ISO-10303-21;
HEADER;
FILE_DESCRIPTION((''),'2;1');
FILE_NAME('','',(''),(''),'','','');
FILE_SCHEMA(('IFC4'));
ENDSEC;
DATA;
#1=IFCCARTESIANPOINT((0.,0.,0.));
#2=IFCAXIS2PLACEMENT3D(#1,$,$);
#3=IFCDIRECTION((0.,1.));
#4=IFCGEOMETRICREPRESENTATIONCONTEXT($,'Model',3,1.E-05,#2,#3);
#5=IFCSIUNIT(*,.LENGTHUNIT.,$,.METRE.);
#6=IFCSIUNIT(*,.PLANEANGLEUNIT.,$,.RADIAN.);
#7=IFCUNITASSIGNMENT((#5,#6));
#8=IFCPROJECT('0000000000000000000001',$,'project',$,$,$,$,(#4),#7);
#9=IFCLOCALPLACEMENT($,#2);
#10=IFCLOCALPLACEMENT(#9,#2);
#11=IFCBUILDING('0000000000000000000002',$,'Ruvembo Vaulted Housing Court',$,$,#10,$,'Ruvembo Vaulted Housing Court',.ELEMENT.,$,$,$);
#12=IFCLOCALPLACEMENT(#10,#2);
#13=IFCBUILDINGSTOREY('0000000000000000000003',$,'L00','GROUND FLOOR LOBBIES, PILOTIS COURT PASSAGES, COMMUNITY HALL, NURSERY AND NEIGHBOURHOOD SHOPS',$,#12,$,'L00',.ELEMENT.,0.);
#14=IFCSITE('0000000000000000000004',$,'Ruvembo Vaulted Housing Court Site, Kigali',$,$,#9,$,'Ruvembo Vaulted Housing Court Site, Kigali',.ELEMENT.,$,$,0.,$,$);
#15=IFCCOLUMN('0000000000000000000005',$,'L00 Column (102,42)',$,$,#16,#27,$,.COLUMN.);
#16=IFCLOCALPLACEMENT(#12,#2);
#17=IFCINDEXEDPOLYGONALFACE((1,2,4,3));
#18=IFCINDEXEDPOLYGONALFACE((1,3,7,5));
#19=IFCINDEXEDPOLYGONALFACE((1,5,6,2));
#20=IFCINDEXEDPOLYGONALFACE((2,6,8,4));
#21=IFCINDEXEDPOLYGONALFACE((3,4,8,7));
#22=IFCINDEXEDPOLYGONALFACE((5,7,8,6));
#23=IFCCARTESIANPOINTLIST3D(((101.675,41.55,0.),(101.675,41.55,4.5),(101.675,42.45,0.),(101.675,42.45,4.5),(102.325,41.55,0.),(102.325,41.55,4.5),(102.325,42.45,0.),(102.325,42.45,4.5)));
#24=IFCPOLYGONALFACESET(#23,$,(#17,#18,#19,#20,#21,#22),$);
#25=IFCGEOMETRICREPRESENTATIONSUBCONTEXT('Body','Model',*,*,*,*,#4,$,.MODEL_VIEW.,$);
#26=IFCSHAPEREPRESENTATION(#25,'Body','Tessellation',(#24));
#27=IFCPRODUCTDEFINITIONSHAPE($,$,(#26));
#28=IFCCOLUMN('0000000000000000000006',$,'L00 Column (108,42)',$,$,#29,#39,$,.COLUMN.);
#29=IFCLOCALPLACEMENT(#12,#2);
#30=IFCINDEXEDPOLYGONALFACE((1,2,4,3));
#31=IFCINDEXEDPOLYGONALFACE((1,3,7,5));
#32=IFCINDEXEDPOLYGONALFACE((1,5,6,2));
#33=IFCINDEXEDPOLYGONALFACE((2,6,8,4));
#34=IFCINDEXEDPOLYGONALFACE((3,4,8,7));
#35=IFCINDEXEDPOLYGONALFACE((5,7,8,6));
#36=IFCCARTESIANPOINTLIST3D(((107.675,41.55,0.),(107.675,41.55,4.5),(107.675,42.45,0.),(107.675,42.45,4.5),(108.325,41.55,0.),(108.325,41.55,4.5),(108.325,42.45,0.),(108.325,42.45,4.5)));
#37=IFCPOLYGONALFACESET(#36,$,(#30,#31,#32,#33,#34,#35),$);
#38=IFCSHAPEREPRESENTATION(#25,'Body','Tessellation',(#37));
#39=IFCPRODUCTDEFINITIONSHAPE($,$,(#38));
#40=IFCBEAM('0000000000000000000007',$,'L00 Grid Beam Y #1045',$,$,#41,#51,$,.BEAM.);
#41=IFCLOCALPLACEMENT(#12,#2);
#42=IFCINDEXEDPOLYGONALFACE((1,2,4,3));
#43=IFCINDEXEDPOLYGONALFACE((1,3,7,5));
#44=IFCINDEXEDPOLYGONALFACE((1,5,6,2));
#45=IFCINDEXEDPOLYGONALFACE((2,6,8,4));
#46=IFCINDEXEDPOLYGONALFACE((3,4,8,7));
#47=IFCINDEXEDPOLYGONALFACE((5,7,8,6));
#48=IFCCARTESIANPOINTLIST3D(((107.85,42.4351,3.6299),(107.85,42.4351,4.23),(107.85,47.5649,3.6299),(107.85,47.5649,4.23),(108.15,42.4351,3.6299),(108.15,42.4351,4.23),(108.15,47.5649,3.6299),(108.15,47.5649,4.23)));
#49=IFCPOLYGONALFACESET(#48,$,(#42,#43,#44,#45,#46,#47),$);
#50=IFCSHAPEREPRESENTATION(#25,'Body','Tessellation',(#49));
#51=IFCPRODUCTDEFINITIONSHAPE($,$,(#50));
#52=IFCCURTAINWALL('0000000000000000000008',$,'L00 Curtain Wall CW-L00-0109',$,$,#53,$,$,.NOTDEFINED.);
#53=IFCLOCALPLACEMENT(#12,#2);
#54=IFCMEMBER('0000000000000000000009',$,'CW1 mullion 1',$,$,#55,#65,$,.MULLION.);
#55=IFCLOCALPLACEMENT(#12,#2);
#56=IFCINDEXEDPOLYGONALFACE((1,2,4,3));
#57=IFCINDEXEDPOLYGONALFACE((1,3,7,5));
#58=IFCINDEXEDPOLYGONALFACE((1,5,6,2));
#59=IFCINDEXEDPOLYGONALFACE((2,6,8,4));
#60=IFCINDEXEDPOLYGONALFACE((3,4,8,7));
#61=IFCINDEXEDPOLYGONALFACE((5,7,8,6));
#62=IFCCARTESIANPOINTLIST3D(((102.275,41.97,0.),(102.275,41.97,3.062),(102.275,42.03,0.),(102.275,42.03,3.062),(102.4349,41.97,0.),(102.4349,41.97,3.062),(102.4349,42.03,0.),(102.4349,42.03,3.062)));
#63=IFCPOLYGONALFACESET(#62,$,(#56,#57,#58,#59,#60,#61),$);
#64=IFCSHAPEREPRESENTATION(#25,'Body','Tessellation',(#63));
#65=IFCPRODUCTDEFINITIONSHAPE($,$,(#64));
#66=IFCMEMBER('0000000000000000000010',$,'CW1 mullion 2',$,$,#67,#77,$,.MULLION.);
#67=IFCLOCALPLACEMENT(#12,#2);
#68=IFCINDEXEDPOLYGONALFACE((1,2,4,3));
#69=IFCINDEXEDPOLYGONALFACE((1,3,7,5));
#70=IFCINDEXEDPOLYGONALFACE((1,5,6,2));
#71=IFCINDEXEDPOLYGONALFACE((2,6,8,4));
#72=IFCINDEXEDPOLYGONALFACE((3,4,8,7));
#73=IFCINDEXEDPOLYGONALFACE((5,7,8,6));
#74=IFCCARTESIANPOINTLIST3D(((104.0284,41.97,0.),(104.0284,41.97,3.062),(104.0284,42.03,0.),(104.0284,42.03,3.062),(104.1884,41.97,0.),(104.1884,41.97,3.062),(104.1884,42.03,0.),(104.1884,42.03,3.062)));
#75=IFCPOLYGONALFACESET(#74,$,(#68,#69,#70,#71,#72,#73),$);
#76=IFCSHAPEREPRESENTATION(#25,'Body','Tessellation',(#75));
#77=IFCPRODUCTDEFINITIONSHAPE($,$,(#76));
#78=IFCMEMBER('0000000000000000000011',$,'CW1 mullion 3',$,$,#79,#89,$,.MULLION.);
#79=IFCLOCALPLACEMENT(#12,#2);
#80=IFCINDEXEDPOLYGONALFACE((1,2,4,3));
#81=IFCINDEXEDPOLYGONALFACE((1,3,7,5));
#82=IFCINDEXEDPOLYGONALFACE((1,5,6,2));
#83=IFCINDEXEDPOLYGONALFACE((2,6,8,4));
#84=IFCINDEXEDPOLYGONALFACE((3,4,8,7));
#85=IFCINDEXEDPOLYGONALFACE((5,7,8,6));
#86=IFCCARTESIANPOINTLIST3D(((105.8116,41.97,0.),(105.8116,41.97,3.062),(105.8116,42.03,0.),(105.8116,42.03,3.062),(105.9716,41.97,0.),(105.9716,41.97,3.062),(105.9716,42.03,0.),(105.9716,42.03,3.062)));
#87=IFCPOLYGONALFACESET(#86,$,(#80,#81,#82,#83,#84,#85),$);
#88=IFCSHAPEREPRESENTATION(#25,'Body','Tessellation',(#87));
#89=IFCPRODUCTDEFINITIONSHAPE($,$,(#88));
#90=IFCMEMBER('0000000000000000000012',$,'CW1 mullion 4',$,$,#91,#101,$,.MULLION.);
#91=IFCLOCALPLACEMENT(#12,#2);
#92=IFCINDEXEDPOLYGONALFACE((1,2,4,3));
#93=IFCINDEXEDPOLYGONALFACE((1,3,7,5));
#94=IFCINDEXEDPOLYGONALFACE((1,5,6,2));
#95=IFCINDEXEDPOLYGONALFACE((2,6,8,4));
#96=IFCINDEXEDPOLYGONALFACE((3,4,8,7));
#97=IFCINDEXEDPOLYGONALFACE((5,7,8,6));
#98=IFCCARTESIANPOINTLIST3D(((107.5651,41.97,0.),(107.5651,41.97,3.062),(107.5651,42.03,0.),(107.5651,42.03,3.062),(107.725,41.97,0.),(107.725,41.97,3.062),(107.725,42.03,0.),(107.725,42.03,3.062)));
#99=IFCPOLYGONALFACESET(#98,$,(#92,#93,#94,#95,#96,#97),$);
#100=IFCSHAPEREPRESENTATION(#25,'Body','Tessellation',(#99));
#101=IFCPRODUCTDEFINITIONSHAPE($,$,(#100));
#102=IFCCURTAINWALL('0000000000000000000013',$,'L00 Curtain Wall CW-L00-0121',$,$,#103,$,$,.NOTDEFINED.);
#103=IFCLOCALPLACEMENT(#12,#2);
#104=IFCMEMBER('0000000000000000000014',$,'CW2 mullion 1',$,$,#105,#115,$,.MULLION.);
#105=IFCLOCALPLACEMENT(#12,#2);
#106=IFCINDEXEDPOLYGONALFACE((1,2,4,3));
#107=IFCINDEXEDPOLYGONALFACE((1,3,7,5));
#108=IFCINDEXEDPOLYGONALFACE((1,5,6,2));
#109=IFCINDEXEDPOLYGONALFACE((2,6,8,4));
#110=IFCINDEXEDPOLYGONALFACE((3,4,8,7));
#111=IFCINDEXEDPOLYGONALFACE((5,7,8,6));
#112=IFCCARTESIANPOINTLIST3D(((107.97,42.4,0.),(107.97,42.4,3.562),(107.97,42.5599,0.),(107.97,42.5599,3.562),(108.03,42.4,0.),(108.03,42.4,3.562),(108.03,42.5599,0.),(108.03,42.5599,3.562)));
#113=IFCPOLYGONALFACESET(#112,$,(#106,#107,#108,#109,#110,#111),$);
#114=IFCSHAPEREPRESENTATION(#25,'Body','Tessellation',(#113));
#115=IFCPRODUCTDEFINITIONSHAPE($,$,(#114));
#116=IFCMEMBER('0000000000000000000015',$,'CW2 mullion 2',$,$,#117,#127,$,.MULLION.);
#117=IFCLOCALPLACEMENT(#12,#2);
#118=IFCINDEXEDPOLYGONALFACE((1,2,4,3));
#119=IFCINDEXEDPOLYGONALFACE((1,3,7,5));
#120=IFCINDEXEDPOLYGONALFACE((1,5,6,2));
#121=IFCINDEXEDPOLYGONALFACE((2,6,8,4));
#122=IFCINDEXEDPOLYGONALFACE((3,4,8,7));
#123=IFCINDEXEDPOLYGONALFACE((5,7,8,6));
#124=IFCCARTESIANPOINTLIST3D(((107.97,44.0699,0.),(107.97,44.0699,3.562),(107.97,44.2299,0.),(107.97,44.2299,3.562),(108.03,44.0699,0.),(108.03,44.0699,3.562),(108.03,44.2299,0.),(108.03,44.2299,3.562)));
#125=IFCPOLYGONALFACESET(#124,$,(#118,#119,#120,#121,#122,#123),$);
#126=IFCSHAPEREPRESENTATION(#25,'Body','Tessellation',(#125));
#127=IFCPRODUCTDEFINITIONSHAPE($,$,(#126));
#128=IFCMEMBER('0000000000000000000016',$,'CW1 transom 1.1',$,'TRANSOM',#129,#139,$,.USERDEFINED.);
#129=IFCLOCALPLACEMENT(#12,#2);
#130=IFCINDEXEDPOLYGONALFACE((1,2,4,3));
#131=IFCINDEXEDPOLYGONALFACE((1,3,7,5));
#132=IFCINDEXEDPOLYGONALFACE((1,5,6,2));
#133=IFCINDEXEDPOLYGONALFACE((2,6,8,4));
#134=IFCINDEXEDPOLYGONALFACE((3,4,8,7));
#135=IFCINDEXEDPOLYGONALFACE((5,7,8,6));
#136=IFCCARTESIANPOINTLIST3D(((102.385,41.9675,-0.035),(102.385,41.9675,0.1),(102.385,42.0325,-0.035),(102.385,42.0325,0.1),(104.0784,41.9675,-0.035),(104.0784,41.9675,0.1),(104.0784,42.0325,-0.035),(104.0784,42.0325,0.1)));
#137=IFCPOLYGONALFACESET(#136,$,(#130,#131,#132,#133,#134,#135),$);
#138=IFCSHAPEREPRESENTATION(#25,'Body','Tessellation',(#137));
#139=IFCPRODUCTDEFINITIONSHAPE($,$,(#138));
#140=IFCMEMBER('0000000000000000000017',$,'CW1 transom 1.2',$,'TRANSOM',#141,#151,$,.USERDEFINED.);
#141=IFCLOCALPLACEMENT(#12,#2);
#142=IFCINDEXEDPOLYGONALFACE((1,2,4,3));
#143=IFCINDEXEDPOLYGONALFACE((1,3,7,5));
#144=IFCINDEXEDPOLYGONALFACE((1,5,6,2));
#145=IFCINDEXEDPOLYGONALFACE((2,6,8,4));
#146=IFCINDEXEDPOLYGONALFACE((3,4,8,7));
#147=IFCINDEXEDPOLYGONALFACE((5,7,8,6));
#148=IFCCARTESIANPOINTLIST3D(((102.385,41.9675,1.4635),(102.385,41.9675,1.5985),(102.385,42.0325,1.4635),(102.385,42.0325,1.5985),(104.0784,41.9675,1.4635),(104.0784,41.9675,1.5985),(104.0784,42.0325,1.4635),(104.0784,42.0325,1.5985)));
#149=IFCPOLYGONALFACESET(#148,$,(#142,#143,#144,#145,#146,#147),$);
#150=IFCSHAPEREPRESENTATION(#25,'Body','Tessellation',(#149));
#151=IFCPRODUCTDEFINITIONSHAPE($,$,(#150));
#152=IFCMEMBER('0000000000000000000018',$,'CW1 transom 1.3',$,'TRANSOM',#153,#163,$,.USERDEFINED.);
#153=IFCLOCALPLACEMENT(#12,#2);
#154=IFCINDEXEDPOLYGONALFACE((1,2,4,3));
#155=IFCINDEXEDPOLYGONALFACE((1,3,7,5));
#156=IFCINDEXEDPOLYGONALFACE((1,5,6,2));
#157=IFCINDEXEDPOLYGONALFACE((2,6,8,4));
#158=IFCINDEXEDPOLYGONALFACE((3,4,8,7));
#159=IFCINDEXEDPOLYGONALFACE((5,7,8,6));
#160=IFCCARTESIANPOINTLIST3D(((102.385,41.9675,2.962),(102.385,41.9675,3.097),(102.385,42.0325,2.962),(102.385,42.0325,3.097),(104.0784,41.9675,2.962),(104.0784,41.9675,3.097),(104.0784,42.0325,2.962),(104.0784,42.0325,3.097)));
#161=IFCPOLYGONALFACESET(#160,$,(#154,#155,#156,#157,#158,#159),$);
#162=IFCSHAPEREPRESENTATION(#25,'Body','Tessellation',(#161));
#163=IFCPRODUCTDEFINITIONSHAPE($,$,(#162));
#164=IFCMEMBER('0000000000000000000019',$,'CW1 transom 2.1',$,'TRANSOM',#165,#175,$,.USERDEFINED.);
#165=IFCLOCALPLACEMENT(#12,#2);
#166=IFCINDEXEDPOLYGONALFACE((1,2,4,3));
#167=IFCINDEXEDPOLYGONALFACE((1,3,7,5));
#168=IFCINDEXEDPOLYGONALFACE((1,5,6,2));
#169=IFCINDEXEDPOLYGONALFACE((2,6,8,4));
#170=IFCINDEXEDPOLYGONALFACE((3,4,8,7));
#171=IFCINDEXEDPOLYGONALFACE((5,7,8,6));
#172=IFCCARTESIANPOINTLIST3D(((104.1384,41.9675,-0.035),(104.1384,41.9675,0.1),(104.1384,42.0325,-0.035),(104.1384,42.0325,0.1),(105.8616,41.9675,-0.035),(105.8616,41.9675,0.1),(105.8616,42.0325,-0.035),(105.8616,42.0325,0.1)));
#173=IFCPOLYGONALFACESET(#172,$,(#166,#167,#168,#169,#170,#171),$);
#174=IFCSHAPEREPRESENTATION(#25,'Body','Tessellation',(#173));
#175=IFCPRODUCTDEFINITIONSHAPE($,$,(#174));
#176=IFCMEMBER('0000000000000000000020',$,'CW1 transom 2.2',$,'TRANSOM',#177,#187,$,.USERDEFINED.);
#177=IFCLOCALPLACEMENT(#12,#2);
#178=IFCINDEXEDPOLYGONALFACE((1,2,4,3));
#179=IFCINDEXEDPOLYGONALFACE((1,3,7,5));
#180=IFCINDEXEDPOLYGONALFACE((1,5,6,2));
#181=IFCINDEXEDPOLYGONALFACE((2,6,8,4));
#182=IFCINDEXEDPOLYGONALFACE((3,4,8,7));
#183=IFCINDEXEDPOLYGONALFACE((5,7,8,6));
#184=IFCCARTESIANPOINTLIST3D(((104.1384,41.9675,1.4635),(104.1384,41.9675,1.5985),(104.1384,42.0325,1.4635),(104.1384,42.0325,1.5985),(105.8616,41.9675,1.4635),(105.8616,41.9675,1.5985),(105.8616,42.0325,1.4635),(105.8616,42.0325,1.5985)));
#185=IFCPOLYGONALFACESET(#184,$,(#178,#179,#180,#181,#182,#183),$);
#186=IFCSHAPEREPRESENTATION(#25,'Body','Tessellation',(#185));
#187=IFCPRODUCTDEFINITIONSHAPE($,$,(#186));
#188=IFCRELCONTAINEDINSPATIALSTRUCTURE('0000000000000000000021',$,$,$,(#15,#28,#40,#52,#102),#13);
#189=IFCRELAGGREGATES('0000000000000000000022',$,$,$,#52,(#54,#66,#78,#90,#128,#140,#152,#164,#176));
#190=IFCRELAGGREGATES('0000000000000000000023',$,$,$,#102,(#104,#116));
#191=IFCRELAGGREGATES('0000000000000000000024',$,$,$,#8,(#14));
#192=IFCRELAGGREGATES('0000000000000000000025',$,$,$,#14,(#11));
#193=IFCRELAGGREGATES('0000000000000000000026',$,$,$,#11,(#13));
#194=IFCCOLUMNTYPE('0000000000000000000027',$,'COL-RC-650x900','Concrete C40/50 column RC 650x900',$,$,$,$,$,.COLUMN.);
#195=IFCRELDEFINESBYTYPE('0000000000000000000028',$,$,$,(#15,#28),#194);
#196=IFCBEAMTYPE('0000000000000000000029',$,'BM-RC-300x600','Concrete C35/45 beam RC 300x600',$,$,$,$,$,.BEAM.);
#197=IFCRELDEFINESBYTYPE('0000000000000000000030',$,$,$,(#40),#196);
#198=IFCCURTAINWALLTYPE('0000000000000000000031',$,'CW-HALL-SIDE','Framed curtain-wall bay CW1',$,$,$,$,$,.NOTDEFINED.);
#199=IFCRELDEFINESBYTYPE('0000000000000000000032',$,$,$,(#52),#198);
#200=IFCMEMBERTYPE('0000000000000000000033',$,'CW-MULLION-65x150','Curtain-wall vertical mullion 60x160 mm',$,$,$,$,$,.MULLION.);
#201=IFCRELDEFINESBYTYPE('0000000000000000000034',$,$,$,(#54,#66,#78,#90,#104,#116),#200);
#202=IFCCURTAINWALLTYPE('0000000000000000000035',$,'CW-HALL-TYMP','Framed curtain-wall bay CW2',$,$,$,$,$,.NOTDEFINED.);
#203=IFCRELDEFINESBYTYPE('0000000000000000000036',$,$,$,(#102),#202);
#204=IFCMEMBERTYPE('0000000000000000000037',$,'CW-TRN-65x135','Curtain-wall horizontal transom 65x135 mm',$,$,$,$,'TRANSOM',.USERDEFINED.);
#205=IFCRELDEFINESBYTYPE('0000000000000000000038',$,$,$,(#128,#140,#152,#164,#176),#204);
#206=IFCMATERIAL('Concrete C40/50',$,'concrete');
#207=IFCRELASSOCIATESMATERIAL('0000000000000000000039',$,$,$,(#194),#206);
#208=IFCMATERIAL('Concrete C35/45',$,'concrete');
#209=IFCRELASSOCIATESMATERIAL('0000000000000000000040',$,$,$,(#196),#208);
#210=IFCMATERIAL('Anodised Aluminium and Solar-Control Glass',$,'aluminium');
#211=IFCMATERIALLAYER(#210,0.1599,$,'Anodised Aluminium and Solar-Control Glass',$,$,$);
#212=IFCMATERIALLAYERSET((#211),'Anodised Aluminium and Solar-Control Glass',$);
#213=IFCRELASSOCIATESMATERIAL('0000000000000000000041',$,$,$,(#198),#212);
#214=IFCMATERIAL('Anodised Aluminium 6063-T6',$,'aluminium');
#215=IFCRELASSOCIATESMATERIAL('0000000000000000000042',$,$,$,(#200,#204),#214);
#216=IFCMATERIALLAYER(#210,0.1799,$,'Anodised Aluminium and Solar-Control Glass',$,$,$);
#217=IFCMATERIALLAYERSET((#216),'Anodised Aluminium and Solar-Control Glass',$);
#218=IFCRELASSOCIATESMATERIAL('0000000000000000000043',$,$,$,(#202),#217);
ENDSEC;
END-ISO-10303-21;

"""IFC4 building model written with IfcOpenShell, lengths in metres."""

from ifc_helpers import new_model, si_unit, direction, frame, origin, origin_2d, place, context, subcontext, project, spatial, rectangle, extrude, material, layer, layer_set, material_profile, profile_set, type_object, element, aggregate, save


model = new_model("IFC4")

# Units and contexts
model_context = context("Model", 3, precision=1e-05, world=origin(), true_north=direction((0.0, 1.0)))
body_context = subcontext(model_context, "Body", "Model", "MODEL_VIEW")
ifc_project = project(units=[si_unit("LENGTHUNIT", "METRE"), si_unit("PLANEANGLEUNIT", "RADIAN")], contexts=[model_context])

# Site, building, storey
site_placement = place(None, origin())
site = spatial("IfcSite", under=ifc_project, at=site_placement, Name="Ruvembo Vaulted Housing Court Site, Kigali", LongName="Ruvembo Vaulted Housing Court Site, Kigali", CompositionType="ELEMENT", RefElevation=0.0)
building_placement = place(site_placement, origin())
building = spatial("IfcBuilding", under=site, at=building_placement, Name="Ruvembo Vaulted Housing Court", LongName="Ruvembo Vaulted Housing Court", CompositionType="ELEMENT")
storey_placement = place(building_placement, origin())
storey = spatial("IfcBuildingStorey", under=building, at=storey_placement, Name="L00", Description="GROUND FLOOR LOBBIES, PILOTIS COURT PASSAGES, COMMUNITY HALL, NURSERY AND NEIGHBOURHOOD SHOPS", LongName="L00", CompositionType="ELEMENT", Elevation=0.0)

# Columns
ifc_material_1 = material(Name="Concrete C40/50", Category="concrete")
ifc_material_profile_1 = material_profile(ifc_material_1, rectangle(XDim=0.6499, YDim=0.8999, at=origin_2d()), Name="RC 650x900")
ifc_profile_set_1 = profile_set([ifc_material_profile_1], Name="Concrete C40/50")
column_type = type_object("IfcColumnType", Name="COL-RC-650x900", Description="Concrete C40/50 column RC 650x900", PredefinedType="COLUMN", material=ifc_profile_set_1)
for number, where, z_axis, x_axis, name in (
    (1, (102.0, 42.0, 0.0), (0.0, 0.0, 1.0), (1.0, 0.0, 0.0), "L00 Column (102,42)"),
    (2, (108.0, 42.0, 0.0), (0.0, 0.0, 1.0), (1.0, 0.0, 0.0), "L00 Column (108,42)"),
):
    element("IfcColumn", number, at=place(storey_placement, frame(where, z_axis=z_axis, x_axis=x_axis)), inside=storey, type_object=column_type, Name=name, PredefinedType="COLUMN", context=body_context, shape_type="SweptSolid", body=[
        extrude(rectangle(XDim=0.6499, YDim=0.8999, at=origin_2d()), origin(), (0.0, 0.0, 1.0), 4.5),
    ])

# Beam
ifc_material_2 = material(Name="Concrete C35/45", Category="concrete")
ifc_material_profile_2 = material_profile(ifc_material_2, rectangle(XDim=0.3, YDim=0.6001, at=origin_2d()), Name="RC 300x600")
ifc_profile_set_2 = profile_set([ifc_material_profile_2], Name="Concrete C35/45")
beam_type_1 = type_object("IfcBeamType", Name="BM-RC-300x600", Description="Concrete C35/45 beam RC 300x600", PredefinedType="BEAM", material=ifc_profile_set_2)
beam_1_placement = place(storey_placement, frame((108.0, 42.4351, 3.9299), z_axis=(0.0, 1.0, 0.0), x_axis=(-1.0, 0.0, 0.0)))
element("IfcBeam", 3, at=beam_1_placement, inside=storey, type_object=beam_type_1, Name="L00 Grid Beam Y #1045", PredefinedType="BEAM", context=body_context, shape_type="SweptSolid", body=[
    extrude(rectangle(XDim=0.3, YDim=0.6001, at=origin_2d()), origin(), (0.0, 0.0, 1.0), 5.1299),
])

# Curtain walls, members
ifc_material_3 = material(Name="Anodised Aluminium and Solar-Control Glass", Category="aluminium")
ifc_layer_1 = layer(ifc_material_3, 0.1599, Name="Anodised Aluminium and Solar-Control Glass")
ifc_layer_set_1 = layer_set([ifc_layer_1], Name="Anodised Aluminium and Solar-Control Glass")
curtain_wall_type_1 = type_object("IfcCurtainWallType", Name="CW-HALL-SIDE", Description="Framed curtain-wall bay CW1", PredefinedType="NOTDEFINED", material=ifc_layer_set_1)
curtain_wall_1_placement = place(storey_placement, origin())
curtain_wall_1 = element("IfcCurtainWall", 4, at=curtain_wall_1_placement, inside=storey, type_object=curtain_wall_type_1, Name="L00 Curtain Wall CW-L00-0109", PredefinedType="NOTDEFINED")
ifc_material_4 = material(Name="Anodised Aluminium 6063-T6", Category="aluminium")
ifc_material_profile_3 = material_profile(ifc_material_4, rectangle(XDim=0.0601, YDim=0.1599, at=origin_2d()), Name="ALU 60x160")
ifc_profile_set_3 = profile_set([ifc_material_profile_3], Name="Anodised Aluminium 6063-T6")
member_type_1 = type_object("IfcMemberType", Name="CW-MULLION-65x150", Description="Curtain-wall vertical mullion 60x160 mm", PredefinedType="MULLION", material=ifc_profile_set_3)
member_1_placement = place(storey_placement, frame((102.355, 42.0, 0.0), z_axis=(0.0, 0.0, 1.0), x_axis=(0.0, 1.0, 0.0)))
member_1 = element("IfcMember", 5, at=member_1_placement, type_object=member_type_1, Name="CW1 mullion 1", PredefinedType="MULLION", context=body_context, shape_type="SweptSolid", body=[
    extrude(rectangle(XDim=0.0601, YDim=0.1599, at=origin_2d()), origin(), (0.0, 0.0, 1.0), 3.062),
])
member_2_placement = place(storey_placement, frame((104.1084, 42.0, 0.0), z_axis=(0.0, 0.0, 1.0), x_axis=(0.0, 1.0, 0.0)))
member_2 = element("IfcMember", 6, at=member_2_placement, type_object=member_type_1, Name="CW1 mullion 2", PredefinedType="MULLION", context=body_context, shape_type="SweptSolid", body=[
    extrude(rectangle(XDim=0.0601, YDim=0.1599, at=origin_2d()), origin(), (0.0, 0.0, 1.0), 3.062),
])
member_3_placement = place(storey_placement, frame((105.8916, 42.0, 0.0), z_axis=(0.0, 0.0, 1.0), x_axis=(0.0, 1.0, 0.0)))
member_3 = element("IfcMember", 7, at=member_3_placement, type_object=member_type_1, Name="CW1 mullion 3", PredefinedType="MULLION", context=body_context, shape_type="SweptSolid", body=[
    extrude(rectangle(XDim=0.0601, YDim=0.1599, at=origin_2d()), origin(), (0.0, 0.0, 1.0), 3.062),
])
member_4_placement = place(storey_placement, frame((107.645, 42.0, 0.0), z_axis=(0.0, 0.0, 1.0), x_axis=(0.0, 1.0, 0.0)))
member_4 = element("IfcMember", 8, at=member_4_placement, type_object=member_type_1, Name="CW1 mullion 4", PredefinedType="MULLION", context=body_context, shape_type="SweptSolid", body=[
    extrude(rectangle(XDim=0.0601, YDim=0.1599, at=origin_2d()), origin(), (0.0, 0.0, 1.0), 3.062),
])
ifc_layer_2 = layer(ifc_material_3, 0.1799, Name="Anodised Aluminium and Solar-Control Glass")
ifc_layer_set_2 = layer_set([ifc_layer_2], Name="Anodised Aluminium and Solar-Control Glass")
curtain_wall_type_2 = type_object("IfcCurtainWallType", Name="CW-HALL-TYMP", Description="Framed curtain-wall bay CW2", PredefinedType="NOTDEFINED", material=ifc_layer_set_2)
curtain_wall_2_placement = place(storey_placement, origin())
curtain_wall_2 = element("IfcCurtainWall", 9, at=curtain_wall_2_placement, inside=storey, type_object=curtain_wall_type_2, Name="L00 Curtain Wall CW-L00-0121", PredefinedType="NOTDEFINED")
member_5_placement = place(storey_placement, frame((108.0, 42.48, 0.0), z_axis=(0.0, 0.0, 1.0), x_axis=(-1.0, 0.0, 0.0)))
member_5 = element("IfcMember", 10, at=member_5_placement, type_object=member_type_1, Name="CW2 mullion 1", PredefinedType="MULLION", context=body_context, shape_type="SweptSolid", body=[
    extrude(rectangle(XDim=0.0601, YDim=0.1599, at=origin_2d()), origin(), (0.0, 0.0, 1.0), 3.562),
])
member_6_placement = place(storey_placement, frame((108.0, 44.1499, 0.0), z_axis=(0.0, 0.0, 1.0), x_axis=(-1.0, 0.0, 0.0)))
member_6 = element("IfcMember", 11, at=member_6_placement, type_object=member_type_1, Name="CW2 mullion 2", PredefinedType="MULLION", context=body_context, shape_type="SweptSolid", body=[
    extrude(rectangle(XDim=0.0601, YDim=0.1599, at=origin_2d()), origin(), (0.0, 0.0, 1.0), 3.562),
])

# Members
ifc_material_profile_4 = material_profile(ifc_material_4, rectangle(XDim=0.0649, YDim=0.135, at=origin_2d()), Name="ALU 65x135")
ifc_profile_set_4 = profile_set([ifc_material_profile_4], Name="Anodised Aluminium 6063-T6")
member_type_2 = type_object("IfcMemberType", Name="CW-TRN-65x135", Description="Curtain-wall horizontal transom 65x135 mm", ElementType="TRANSOM", PredefinedType="USERDEFINED", material=ifc_profile_set_4)
member_7_placement = place(storey_placement, frame((102.385, 42.0, 0.0325), z_axis=(1.0, 0.0, 0.0), x_axis=(0.0, 1.0, 0.0)))
member_7 = element("IfcMember", 12, at=member_7_placement, type_object=member_type_2, Name="CW1 transom 1.1", ObjectType="TRANSOM", PredefinedType="USERDEFINED", context=body_context, shape_type="SweptSolid", body=[
    extrude(rectangle(XDim=0.0649, YDim=0.135, at=origin_2d()), origin(), (0.0, 0.0, 1.0), 1.6934),
])
member_8_placement = place(storey_placement, frame((102.385, 42.0, 1.531), z_axis=(1.0, 0.0, 0.0), x_axis=(0.0, 1.0, 0.0)))
member_8 = element("IfcMember", 13, at=member_8_placement, type_object=member_type_2, Name="CW1 transom 1.2", ObjectType="TRANSOM", PredefinedType="USERDEFINED", context=body_context, shape_type="SweptSolid", body=[
    extrude(rectangle(XDim=0.0649, YDim=0.135, at=origin_2d()), origin(), (0.0, 0.0, 1.0), 1.6934),
])
member_9_placement = place(storey_placement, frame((102.385, 42.0, 3.0295), z_axis=(1.0, 0.0, 0.0), x_axis=(0.0, 1.0, 0.0)))
member_9 = element("IfcMember", 14, at=member_9_placement, type_object=member_type_2, Name="CW1 transom 1.3", ObjectType="TRANSOM", PredefinedType="USERDEFINED", context=body_context, shape_type="SweptSolid", body=[
    extrude(rectangle(XDim=0.0649, YDim=0.135, at=origin_2d()), origin(), (0.0, 0.0, 1.0), 1.6934),
])
member_10_placement = place(storey_placement, frame((104.1384, 42.0, 0.0325), z_axis=(1.0, 0.0, 0.0), x_axis=(0.0, 1.0, 0.0)))
member_10 = element("IfcMember", 15, at=member_10_placement, type_object=member_type_2, Name="CW1 transom 2.1", ObjectType="TRANSOM", PredefinedType="USERDEFINED", context=body_context, shape_type="SweptSolid", body=[
    extrude(rectangle(XDim=0.0649, YDim=0.135, at=origin_2d()), origin(), (0.0, 0.0, 1.0), 1.7231),
])
member_11_placement = place(storey_placement, frame((104.1384, 42.0, 1.531), z_axis=(1.0, 0.0, 0.0), x_axis=(0.0, 1.0, 0.0)))
member_11 = element("IfcMember", 16, at=member_11_placement, type_object=member_type_2, Name="CW1 transom 2.2", ObjectType="TRANSOM", PredefinedType="USERDEFINED", context=body_context, shape_type="SweptSolid", body=[
    extrude(rectangle(XDim=0.0649, YDim=0.135, at=origin_2d()), origin(), (0.0, 0.0, 1.0), 1.7231),
])

aggregate(curtain_wall_1, [member_1, member_2, member_3, member_4, member_7, member_8, member_9, member_10, member_11])
aggregate(curtain_wall_2, [member_5, member_6])

save(model, "model.ifc")
